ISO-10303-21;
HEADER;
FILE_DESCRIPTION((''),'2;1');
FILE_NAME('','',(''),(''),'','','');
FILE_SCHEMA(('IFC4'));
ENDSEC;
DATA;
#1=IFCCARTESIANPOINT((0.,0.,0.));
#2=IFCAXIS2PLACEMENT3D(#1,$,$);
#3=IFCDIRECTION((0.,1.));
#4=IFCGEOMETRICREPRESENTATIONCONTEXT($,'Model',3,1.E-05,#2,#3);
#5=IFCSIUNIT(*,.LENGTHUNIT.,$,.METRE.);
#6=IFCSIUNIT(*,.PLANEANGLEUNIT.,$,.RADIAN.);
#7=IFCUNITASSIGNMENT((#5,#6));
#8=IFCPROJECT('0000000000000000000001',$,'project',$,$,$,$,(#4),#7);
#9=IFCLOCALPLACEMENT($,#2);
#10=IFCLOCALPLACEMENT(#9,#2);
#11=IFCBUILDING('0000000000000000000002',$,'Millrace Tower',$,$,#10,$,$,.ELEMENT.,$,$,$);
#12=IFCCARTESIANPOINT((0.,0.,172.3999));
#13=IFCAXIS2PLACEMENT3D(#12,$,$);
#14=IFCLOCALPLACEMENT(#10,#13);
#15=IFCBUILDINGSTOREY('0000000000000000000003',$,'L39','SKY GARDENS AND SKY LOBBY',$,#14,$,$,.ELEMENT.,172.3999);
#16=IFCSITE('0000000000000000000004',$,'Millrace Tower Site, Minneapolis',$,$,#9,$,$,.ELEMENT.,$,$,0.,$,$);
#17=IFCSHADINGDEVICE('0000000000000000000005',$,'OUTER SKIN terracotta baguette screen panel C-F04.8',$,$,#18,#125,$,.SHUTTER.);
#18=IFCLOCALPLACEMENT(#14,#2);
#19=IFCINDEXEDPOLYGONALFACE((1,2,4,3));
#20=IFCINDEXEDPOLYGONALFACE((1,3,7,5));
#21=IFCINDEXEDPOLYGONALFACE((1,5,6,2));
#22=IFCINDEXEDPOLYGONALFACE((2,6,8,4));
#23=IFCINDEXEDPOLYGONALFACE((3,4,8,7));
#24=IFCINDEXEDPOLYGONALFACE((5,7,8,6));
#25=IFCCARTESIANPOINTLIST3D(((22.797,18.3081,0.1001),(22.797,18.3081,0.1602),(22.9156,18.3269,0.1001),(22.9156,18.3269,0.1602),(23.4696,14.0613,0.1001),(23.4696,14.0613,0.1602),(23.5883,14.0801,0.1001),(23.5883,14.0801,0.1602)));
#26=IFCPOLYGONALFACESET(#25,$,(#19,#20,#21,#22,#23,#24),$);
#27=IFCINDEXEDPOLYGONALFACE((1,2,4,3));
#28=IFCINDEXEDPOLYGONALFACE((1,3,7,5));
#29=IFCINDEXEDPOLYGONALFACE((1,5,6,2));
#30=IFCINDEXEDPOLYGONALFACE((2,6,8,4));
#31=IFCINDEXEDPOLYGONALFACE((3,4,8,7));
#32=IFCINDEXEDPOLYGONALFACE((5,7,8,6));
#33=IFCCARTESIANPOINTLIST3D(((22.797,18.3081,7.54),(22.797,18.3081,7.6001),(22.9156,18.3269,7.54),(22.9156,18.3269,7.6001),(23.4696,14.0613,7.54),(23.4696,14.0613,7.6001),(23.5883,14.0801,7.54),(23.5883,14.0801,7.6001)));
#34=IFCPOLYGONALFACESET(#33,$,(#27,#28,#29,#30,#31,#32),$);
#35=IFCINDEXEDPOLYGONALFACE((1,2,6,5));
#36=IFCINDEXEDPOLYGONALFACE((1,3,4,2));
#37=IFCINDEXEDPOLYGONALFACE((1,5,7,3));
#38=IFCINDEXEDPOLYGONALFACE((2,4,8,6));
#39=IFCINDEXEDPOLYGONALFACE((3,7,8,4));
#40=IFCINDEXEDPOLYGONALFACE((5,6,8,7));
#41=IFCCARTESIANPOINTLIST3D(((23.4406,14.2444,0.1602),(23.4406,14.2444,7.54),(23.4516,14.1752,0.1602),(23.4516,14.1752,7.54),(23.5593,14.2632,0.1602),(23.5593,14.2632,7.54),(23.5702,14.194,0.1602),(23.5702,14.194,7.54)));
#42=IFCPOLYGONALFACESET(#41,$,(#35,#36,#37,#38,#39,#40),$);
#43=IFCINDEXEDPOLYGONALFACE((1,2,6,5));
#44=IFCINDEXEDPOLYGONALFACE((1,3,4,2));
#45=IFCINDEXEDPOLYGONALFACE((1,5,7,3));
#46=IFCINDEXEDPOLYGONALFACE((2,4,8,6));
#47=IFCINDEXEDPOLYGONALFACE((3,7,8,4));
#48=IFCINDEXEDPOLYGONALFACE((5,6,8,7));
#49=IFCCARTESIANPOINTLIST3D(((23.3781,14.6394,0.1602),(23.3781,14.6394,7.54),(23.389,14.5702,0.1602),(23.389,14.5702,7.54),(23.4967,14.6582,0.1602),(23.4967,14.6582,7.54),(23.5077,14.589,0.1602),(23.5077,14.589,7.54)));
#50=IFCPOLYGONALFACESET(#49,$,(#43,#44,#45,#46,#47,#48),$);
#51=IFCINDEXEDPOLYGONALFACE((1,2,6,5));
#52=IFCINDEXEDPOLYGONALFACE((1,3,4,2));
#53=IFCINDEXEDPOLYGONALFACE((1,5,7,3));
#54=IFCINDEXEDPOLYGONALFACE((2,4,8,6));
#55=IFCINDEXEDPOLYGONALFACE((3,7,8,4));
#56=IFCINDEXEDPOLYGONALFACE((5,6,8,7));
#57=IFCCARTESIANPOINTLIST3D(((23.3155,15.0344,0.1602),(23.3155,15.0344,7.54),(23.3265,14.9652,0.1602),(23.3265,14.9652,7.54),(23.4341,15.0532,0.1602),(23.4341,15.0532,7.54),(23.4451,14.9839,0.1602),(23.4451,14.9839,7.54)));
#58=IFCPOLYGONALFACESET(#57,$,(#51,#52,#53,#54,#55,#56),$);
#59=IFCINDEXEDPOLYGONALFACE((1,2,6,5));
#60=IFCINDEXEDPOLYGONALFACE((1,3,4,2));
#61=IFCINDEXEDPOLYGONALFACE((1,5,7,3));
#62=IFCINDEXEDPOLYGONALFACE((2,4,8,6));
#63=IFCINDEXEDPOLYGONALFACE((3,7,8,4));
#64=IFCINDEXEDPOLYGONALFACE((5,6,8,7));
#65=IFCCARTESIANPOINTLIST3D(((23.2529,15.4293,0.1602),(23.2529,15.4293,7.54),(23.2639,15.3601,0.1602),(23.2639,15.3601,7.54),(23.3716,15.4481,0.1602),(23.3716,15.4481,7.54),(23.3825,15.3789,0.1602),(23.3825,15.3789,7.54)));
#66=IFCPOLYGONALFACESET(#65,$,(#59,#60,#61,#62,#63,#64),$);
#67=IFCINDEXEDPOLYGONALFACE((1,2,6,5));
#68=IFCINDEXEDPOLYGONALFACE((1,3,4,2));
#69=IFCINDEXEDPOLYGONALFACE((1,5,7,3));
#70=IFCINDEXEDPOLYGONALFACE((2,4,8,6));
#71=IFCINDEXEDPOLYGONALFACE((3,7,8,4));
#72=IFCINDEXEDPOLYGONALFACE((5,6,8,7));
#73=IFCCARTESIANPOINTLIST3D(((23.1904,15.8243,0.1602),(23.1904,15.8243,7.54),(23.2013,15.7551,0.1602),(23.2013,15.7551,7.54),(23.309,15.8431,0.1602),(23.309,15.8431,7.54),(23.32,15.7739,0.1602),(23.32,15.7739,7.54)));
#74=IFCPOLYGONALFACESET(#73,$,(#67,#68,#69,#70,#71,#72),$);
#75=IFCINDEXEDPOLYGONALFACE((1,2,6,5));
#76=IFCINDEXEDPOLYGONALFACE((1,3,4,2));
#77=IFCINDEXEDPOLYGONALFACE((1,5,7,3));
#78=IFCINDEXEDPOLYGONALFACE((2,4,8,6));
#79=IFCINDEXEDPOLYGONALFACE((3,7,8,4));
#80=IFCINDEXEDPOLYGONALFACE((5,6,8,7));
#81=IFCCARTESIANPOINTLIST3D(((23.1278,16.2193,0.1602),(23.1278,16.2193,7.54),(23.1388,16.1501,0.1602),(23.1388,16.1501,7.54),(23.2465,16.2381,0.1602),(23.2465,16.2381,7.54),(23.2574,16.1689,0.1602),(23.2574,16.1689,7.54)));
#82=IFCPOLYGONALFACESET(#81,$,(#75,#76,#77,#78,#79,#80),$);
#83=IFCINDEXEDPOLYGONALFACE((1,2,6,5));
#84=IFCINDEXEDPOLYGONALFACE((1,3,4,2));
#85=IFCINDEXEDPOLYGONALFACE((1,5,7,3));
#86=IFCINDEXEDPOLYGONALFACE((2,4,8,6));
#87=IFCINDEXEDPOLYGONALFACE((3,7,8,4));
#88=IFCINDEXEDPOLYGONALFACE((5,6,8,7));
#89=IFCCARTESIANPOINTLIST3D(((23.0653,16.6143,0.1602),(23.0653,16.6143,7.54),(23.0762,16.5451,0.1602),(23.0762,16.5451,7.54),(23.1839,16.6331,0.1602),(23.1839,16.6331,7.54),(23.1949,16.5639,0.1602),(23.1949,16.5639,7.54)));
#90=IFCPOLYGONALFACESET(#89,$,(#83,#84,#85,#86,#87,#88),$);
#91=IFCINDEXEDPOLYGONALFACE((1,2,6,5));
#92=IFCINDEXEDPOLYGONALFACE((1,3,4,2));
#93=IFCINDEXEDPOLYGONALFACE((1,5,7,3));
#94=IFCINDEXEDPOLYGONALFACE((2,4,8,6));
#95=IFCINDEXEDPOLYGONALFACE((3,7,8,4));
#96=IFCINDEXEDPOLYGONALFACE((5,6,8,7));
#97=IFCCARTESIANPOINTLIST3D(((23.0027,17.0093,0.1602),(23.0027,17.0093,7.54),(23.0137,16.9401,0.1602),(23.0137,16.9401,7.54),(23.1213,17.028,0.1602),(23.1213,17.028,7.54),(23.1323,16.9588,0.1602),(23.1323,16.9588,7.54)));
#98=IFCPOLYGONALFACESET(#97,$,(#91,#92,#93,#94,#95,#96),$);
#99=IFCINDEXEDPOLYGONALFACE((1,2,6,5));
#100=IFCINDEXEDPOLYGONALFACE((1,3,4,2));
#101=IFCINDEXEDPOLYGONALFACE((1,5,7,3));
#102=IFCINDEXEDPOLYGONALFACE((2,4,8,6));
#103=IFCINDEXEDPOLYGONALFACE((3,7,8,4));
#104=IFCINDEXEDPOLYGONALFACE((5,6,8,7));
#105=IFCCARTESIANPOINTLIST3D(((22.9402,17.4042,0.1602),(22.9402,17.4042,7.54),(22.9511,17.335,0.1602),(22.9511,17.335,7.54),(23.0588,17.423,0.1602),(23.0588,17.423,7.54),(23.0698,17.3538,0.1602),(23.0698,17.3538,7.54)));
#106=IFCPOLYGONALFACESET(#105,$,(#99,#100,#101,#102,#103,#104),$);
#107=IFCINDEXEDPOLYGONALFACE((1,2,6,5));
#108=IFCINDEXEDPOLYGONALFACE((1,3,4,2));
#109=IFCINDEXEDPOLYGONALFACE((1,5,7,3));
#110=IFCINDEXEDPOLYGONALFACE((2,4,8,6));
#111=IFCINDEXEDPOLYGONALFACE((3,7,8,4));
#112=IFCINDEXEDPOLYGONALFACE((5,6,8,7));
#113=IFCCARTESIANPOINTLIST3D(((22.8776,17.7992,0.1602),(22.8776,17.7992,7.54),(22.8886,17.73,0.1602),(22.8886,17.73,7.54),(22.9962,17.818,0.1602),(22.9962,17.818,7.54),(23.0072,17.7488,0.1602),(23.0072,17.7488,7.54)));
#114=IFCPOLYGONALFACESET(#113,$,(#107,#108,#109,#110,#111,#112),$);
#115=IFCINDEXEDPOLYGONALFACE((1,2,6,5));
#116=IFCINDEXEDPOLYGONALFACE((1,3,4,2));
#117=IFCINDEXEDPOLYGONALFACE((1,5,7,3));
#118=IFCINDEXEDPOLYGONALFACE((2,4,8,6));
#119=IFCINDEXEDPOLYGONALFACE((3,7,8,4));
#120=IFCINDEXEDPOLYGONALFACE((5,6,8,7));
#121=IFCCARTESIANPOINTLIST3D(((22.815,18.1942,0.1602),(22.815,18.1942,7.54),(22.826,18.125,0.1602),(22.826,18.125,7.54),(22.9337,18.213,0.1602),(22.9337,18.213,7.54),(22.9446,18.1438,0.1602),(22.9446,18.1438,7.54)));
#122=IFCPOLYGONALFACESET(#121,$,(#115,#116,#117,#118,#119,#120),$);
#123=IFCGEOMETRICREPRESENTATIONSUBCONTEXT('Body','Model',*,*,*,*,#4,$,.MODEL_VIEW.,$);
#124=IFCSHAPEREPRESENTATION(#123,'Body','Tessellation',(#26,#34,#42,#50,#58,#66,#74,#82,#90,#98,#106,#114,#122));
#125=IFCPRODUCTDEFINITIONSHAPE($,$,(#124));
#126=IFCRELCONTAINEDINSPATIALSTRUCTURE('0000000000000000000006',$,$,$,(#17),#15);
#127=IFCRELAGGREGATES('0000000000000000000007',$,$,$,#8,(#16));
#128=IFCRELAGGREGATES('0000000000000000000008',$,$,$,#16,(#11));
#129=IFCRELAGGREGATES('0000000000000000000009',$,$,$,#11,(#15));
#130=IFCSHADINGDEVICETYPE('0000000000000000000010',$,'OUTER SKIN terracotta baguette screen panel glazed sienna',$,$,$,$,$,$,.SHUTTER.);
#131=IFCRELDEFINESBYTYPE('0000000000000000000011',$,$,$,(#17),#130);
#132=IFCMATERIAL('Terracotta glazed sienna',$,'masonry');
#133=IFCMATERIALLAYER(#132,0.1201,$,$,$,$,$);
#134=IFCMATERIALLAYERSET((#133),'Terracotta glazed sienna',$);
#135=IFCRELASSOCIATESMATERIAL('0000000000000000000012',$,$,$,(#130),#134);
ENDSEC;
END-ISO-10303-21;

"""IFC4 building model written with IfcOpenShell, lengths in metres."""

from ifc_helpers import new_model, entity, si_unit, direction, frame, frame_2d, origin, origin_2d, place, context, subcontext, project, spatial, rectangle, extrude, source, transform, mapped, material, layer, layer_set, type_object, element, save


model = new_model("IFC4")

# Units and contexts
model_context = context("Model", 3, precision=1e-05, world=origin(), true_north=direction((0.0, 1.0)))
body_context = subcontext(model_context, "Body", "Model", "MODEL_VIEW")
ifc_project = project(units=[si_unit("LENGTHUNIT", "METRE"), si_unit("PLANEANGLEUNIT", "RADIAN")], contexts=[model_context])

# Site, building, storey
site_placement = place(None, origin())
site = spatial("IfcSite", under=ifc_project, at=site_placement, Name="Millrace Tower Site, Minneapolis", CompositionType="ELEMENT", RefElevation=0.0)
building_placement = place(site_placement, origin())
building = spatial("IfcBuilding", under=site, at=building_placement, Name="Millrace Tower", CompositionType="ELEMENT")
storey_placement = place(building_placement, frame((0.0, 0.0, 172.3999)))
storey = spatial("IfcBuildingStorey", under=building, at=storey_placement, Name="L39", Description="SKY GARDENS AND SKY LOBBY", CompositionType="ELEMENT", Elevation=172.3999)

# Shading device
ifc_material_1 = material(Name="Terracotta glazed sienna", Category="masonry")
ifc_layer_1 = layer(ifc_material_1, 0.1201)
ifc_layer_set_1 = layer_set([ifc_layer_1], Name="Terracotta glazed sienna")
shading_device_type = type_object("IfcShadingDeviceType", Name="OUTER SKIN terracotta baguette screen panel glazed sienna", PredefinedType="SHUTTER", material=ifc_layer_set_1)
cartesian_point_1 = entity("IfcCartesianPoint", [-2.1499, 0.0601])
shared_polyline_1 = entity("IfcPolyline", [cartesian_point_1, entity("IfcCartesianPoint", [2.1499, 0.0601]), entity("IfcCartesianPoint", [2.1499, -0.0601]), entity("IfcCartesianPoint", [-2.1499, -0.0601]), cartesian_point_1])
shared_shape_1 = source(origin(), body_context, "Body", "SweptSolid", [
    entity("IfcExtrudedAreaSolid", entity("IfcArbitraryClosedProfileDef", "AREA", None, shared_polyline_1), entity("IfcAxis2Placement3D", entity("IfcCartesianPoint", [0.0, 0.0, 0.0])), entity("IfcDirection", [0.0, 0.0, 1.0]), 0.0601),
    entity("IfcExtrudedAreaSolid", entity("IfcArbitraryClosedProfileDef", "AREA", None, shared_polyline_1), entity("IfcAxis2Placement3D", entity("IfcCartesianPoint", [0.0, 0.0, 7.4399])), entity("IfcDirection", [0.0, 0.0, 1.0]), 0.0601),
    extrude(rectangle(XDim=0.0701, YDim=0.1201, at=frame_2d((-1.9995, 0.0))), frame((0.0, 0.0, 0.0601)), (0.0, 0.0, 1.0), 7.3799),
    extrude(rectangle(XDim=0.0701, YDim=0.1201, at=frame_2d((-1.5996, 0.0))), frame((0.0, 0.0, 0.0601)), (0.0, 0.0, 1.0), 7.3799),
    extrude(rectangle(XDim=0.0701, YDim=0.1201, at=frame_2d((-1.1997, 0.0))), frame((0.0, 0.0, 0.0601)), (0.0, 0.0, 1.0), 7.3799),
    extrude(rectangle(XDim=0.0701, YDim=0.1201, at=frame_2d((-0.7998, 0.0))), frame((0.0, 0.0, 0.0601)), (0.0, 0.0, 1.0), 7.3799),
    extrude(rectangle(XDim=0.0701, YDim=0.1201, at=frame_2d((-0.3999, 0.0))), frame((0.0, 0.0, 0.0601)), (0.0, 0.0, 1.0), 7.3799),
    extrude(rectangle(XDim=0.0701, YDim=0.1201, at=origin_2d()), frame((0.0, 0.0, 0.0601)), (0.0, 0.0, 1.0), 7.3799),
    extrude(rectangle(XDim=0.0701, YDim=0.1201, at=frame_2d((0.3999, 0.0))), frame((0.0, 0.0, 0.0601)), (0.0, 0.0, 1.0), 7.3799),
    extrude(rectangle(XDim=0.0701, YDim=0.1201, at=frame_2d((0.7998, 0.0))), frame((0.0, 0.0, 0.0601)), (0.0, 0.0, 1.0), 7.3799),
    extrude(rectangle(XDim=0.0701, YDim=0.1201, at=frame_2d((1.1997, 0.0))), frame((0.0, 0.0, 0.0601)), (0.0, 0.0, 1.0), 7.3799),
    extrude(rectangle(XDim=0.0701, YDim=0.1201, at=frame_2d((1.5996, 0.0))), frame((0.0, 0.0, 0.0601)), (0.0, 0.0, 1.0), 7.3799),
    extrude(rectangle(XDim=0.0701, YDim=0.1201, at=frame_2d((1.9995, 0.0))), frame((0.0, 0.0, 0.0601)), (0.0, 0.0, 1.0), 7.3799),
])
shading_device_1_placement = place(storey_placement, frame((23.1926, 16.1941, 0.1001), z_axis=(0.0, 0.0, 1.0), x_axis=(-0.156434, 0.987688, 0.0)))
element("IfcShadingDevice", 1, at=shading_device_1_placement, inside=storey, type_object=shading_device_type, Name="OUTER SKIN terracotta baguette screen panel C-F04.8", PredefinedType="SHUTTER", context=body_context, shape_type="MappedRepresentation", body=[
    mapped(shared_shape_1, transform((0.0, 0.0, 0.0), scale=1.0)),
])

save(model, "model.ifc")
